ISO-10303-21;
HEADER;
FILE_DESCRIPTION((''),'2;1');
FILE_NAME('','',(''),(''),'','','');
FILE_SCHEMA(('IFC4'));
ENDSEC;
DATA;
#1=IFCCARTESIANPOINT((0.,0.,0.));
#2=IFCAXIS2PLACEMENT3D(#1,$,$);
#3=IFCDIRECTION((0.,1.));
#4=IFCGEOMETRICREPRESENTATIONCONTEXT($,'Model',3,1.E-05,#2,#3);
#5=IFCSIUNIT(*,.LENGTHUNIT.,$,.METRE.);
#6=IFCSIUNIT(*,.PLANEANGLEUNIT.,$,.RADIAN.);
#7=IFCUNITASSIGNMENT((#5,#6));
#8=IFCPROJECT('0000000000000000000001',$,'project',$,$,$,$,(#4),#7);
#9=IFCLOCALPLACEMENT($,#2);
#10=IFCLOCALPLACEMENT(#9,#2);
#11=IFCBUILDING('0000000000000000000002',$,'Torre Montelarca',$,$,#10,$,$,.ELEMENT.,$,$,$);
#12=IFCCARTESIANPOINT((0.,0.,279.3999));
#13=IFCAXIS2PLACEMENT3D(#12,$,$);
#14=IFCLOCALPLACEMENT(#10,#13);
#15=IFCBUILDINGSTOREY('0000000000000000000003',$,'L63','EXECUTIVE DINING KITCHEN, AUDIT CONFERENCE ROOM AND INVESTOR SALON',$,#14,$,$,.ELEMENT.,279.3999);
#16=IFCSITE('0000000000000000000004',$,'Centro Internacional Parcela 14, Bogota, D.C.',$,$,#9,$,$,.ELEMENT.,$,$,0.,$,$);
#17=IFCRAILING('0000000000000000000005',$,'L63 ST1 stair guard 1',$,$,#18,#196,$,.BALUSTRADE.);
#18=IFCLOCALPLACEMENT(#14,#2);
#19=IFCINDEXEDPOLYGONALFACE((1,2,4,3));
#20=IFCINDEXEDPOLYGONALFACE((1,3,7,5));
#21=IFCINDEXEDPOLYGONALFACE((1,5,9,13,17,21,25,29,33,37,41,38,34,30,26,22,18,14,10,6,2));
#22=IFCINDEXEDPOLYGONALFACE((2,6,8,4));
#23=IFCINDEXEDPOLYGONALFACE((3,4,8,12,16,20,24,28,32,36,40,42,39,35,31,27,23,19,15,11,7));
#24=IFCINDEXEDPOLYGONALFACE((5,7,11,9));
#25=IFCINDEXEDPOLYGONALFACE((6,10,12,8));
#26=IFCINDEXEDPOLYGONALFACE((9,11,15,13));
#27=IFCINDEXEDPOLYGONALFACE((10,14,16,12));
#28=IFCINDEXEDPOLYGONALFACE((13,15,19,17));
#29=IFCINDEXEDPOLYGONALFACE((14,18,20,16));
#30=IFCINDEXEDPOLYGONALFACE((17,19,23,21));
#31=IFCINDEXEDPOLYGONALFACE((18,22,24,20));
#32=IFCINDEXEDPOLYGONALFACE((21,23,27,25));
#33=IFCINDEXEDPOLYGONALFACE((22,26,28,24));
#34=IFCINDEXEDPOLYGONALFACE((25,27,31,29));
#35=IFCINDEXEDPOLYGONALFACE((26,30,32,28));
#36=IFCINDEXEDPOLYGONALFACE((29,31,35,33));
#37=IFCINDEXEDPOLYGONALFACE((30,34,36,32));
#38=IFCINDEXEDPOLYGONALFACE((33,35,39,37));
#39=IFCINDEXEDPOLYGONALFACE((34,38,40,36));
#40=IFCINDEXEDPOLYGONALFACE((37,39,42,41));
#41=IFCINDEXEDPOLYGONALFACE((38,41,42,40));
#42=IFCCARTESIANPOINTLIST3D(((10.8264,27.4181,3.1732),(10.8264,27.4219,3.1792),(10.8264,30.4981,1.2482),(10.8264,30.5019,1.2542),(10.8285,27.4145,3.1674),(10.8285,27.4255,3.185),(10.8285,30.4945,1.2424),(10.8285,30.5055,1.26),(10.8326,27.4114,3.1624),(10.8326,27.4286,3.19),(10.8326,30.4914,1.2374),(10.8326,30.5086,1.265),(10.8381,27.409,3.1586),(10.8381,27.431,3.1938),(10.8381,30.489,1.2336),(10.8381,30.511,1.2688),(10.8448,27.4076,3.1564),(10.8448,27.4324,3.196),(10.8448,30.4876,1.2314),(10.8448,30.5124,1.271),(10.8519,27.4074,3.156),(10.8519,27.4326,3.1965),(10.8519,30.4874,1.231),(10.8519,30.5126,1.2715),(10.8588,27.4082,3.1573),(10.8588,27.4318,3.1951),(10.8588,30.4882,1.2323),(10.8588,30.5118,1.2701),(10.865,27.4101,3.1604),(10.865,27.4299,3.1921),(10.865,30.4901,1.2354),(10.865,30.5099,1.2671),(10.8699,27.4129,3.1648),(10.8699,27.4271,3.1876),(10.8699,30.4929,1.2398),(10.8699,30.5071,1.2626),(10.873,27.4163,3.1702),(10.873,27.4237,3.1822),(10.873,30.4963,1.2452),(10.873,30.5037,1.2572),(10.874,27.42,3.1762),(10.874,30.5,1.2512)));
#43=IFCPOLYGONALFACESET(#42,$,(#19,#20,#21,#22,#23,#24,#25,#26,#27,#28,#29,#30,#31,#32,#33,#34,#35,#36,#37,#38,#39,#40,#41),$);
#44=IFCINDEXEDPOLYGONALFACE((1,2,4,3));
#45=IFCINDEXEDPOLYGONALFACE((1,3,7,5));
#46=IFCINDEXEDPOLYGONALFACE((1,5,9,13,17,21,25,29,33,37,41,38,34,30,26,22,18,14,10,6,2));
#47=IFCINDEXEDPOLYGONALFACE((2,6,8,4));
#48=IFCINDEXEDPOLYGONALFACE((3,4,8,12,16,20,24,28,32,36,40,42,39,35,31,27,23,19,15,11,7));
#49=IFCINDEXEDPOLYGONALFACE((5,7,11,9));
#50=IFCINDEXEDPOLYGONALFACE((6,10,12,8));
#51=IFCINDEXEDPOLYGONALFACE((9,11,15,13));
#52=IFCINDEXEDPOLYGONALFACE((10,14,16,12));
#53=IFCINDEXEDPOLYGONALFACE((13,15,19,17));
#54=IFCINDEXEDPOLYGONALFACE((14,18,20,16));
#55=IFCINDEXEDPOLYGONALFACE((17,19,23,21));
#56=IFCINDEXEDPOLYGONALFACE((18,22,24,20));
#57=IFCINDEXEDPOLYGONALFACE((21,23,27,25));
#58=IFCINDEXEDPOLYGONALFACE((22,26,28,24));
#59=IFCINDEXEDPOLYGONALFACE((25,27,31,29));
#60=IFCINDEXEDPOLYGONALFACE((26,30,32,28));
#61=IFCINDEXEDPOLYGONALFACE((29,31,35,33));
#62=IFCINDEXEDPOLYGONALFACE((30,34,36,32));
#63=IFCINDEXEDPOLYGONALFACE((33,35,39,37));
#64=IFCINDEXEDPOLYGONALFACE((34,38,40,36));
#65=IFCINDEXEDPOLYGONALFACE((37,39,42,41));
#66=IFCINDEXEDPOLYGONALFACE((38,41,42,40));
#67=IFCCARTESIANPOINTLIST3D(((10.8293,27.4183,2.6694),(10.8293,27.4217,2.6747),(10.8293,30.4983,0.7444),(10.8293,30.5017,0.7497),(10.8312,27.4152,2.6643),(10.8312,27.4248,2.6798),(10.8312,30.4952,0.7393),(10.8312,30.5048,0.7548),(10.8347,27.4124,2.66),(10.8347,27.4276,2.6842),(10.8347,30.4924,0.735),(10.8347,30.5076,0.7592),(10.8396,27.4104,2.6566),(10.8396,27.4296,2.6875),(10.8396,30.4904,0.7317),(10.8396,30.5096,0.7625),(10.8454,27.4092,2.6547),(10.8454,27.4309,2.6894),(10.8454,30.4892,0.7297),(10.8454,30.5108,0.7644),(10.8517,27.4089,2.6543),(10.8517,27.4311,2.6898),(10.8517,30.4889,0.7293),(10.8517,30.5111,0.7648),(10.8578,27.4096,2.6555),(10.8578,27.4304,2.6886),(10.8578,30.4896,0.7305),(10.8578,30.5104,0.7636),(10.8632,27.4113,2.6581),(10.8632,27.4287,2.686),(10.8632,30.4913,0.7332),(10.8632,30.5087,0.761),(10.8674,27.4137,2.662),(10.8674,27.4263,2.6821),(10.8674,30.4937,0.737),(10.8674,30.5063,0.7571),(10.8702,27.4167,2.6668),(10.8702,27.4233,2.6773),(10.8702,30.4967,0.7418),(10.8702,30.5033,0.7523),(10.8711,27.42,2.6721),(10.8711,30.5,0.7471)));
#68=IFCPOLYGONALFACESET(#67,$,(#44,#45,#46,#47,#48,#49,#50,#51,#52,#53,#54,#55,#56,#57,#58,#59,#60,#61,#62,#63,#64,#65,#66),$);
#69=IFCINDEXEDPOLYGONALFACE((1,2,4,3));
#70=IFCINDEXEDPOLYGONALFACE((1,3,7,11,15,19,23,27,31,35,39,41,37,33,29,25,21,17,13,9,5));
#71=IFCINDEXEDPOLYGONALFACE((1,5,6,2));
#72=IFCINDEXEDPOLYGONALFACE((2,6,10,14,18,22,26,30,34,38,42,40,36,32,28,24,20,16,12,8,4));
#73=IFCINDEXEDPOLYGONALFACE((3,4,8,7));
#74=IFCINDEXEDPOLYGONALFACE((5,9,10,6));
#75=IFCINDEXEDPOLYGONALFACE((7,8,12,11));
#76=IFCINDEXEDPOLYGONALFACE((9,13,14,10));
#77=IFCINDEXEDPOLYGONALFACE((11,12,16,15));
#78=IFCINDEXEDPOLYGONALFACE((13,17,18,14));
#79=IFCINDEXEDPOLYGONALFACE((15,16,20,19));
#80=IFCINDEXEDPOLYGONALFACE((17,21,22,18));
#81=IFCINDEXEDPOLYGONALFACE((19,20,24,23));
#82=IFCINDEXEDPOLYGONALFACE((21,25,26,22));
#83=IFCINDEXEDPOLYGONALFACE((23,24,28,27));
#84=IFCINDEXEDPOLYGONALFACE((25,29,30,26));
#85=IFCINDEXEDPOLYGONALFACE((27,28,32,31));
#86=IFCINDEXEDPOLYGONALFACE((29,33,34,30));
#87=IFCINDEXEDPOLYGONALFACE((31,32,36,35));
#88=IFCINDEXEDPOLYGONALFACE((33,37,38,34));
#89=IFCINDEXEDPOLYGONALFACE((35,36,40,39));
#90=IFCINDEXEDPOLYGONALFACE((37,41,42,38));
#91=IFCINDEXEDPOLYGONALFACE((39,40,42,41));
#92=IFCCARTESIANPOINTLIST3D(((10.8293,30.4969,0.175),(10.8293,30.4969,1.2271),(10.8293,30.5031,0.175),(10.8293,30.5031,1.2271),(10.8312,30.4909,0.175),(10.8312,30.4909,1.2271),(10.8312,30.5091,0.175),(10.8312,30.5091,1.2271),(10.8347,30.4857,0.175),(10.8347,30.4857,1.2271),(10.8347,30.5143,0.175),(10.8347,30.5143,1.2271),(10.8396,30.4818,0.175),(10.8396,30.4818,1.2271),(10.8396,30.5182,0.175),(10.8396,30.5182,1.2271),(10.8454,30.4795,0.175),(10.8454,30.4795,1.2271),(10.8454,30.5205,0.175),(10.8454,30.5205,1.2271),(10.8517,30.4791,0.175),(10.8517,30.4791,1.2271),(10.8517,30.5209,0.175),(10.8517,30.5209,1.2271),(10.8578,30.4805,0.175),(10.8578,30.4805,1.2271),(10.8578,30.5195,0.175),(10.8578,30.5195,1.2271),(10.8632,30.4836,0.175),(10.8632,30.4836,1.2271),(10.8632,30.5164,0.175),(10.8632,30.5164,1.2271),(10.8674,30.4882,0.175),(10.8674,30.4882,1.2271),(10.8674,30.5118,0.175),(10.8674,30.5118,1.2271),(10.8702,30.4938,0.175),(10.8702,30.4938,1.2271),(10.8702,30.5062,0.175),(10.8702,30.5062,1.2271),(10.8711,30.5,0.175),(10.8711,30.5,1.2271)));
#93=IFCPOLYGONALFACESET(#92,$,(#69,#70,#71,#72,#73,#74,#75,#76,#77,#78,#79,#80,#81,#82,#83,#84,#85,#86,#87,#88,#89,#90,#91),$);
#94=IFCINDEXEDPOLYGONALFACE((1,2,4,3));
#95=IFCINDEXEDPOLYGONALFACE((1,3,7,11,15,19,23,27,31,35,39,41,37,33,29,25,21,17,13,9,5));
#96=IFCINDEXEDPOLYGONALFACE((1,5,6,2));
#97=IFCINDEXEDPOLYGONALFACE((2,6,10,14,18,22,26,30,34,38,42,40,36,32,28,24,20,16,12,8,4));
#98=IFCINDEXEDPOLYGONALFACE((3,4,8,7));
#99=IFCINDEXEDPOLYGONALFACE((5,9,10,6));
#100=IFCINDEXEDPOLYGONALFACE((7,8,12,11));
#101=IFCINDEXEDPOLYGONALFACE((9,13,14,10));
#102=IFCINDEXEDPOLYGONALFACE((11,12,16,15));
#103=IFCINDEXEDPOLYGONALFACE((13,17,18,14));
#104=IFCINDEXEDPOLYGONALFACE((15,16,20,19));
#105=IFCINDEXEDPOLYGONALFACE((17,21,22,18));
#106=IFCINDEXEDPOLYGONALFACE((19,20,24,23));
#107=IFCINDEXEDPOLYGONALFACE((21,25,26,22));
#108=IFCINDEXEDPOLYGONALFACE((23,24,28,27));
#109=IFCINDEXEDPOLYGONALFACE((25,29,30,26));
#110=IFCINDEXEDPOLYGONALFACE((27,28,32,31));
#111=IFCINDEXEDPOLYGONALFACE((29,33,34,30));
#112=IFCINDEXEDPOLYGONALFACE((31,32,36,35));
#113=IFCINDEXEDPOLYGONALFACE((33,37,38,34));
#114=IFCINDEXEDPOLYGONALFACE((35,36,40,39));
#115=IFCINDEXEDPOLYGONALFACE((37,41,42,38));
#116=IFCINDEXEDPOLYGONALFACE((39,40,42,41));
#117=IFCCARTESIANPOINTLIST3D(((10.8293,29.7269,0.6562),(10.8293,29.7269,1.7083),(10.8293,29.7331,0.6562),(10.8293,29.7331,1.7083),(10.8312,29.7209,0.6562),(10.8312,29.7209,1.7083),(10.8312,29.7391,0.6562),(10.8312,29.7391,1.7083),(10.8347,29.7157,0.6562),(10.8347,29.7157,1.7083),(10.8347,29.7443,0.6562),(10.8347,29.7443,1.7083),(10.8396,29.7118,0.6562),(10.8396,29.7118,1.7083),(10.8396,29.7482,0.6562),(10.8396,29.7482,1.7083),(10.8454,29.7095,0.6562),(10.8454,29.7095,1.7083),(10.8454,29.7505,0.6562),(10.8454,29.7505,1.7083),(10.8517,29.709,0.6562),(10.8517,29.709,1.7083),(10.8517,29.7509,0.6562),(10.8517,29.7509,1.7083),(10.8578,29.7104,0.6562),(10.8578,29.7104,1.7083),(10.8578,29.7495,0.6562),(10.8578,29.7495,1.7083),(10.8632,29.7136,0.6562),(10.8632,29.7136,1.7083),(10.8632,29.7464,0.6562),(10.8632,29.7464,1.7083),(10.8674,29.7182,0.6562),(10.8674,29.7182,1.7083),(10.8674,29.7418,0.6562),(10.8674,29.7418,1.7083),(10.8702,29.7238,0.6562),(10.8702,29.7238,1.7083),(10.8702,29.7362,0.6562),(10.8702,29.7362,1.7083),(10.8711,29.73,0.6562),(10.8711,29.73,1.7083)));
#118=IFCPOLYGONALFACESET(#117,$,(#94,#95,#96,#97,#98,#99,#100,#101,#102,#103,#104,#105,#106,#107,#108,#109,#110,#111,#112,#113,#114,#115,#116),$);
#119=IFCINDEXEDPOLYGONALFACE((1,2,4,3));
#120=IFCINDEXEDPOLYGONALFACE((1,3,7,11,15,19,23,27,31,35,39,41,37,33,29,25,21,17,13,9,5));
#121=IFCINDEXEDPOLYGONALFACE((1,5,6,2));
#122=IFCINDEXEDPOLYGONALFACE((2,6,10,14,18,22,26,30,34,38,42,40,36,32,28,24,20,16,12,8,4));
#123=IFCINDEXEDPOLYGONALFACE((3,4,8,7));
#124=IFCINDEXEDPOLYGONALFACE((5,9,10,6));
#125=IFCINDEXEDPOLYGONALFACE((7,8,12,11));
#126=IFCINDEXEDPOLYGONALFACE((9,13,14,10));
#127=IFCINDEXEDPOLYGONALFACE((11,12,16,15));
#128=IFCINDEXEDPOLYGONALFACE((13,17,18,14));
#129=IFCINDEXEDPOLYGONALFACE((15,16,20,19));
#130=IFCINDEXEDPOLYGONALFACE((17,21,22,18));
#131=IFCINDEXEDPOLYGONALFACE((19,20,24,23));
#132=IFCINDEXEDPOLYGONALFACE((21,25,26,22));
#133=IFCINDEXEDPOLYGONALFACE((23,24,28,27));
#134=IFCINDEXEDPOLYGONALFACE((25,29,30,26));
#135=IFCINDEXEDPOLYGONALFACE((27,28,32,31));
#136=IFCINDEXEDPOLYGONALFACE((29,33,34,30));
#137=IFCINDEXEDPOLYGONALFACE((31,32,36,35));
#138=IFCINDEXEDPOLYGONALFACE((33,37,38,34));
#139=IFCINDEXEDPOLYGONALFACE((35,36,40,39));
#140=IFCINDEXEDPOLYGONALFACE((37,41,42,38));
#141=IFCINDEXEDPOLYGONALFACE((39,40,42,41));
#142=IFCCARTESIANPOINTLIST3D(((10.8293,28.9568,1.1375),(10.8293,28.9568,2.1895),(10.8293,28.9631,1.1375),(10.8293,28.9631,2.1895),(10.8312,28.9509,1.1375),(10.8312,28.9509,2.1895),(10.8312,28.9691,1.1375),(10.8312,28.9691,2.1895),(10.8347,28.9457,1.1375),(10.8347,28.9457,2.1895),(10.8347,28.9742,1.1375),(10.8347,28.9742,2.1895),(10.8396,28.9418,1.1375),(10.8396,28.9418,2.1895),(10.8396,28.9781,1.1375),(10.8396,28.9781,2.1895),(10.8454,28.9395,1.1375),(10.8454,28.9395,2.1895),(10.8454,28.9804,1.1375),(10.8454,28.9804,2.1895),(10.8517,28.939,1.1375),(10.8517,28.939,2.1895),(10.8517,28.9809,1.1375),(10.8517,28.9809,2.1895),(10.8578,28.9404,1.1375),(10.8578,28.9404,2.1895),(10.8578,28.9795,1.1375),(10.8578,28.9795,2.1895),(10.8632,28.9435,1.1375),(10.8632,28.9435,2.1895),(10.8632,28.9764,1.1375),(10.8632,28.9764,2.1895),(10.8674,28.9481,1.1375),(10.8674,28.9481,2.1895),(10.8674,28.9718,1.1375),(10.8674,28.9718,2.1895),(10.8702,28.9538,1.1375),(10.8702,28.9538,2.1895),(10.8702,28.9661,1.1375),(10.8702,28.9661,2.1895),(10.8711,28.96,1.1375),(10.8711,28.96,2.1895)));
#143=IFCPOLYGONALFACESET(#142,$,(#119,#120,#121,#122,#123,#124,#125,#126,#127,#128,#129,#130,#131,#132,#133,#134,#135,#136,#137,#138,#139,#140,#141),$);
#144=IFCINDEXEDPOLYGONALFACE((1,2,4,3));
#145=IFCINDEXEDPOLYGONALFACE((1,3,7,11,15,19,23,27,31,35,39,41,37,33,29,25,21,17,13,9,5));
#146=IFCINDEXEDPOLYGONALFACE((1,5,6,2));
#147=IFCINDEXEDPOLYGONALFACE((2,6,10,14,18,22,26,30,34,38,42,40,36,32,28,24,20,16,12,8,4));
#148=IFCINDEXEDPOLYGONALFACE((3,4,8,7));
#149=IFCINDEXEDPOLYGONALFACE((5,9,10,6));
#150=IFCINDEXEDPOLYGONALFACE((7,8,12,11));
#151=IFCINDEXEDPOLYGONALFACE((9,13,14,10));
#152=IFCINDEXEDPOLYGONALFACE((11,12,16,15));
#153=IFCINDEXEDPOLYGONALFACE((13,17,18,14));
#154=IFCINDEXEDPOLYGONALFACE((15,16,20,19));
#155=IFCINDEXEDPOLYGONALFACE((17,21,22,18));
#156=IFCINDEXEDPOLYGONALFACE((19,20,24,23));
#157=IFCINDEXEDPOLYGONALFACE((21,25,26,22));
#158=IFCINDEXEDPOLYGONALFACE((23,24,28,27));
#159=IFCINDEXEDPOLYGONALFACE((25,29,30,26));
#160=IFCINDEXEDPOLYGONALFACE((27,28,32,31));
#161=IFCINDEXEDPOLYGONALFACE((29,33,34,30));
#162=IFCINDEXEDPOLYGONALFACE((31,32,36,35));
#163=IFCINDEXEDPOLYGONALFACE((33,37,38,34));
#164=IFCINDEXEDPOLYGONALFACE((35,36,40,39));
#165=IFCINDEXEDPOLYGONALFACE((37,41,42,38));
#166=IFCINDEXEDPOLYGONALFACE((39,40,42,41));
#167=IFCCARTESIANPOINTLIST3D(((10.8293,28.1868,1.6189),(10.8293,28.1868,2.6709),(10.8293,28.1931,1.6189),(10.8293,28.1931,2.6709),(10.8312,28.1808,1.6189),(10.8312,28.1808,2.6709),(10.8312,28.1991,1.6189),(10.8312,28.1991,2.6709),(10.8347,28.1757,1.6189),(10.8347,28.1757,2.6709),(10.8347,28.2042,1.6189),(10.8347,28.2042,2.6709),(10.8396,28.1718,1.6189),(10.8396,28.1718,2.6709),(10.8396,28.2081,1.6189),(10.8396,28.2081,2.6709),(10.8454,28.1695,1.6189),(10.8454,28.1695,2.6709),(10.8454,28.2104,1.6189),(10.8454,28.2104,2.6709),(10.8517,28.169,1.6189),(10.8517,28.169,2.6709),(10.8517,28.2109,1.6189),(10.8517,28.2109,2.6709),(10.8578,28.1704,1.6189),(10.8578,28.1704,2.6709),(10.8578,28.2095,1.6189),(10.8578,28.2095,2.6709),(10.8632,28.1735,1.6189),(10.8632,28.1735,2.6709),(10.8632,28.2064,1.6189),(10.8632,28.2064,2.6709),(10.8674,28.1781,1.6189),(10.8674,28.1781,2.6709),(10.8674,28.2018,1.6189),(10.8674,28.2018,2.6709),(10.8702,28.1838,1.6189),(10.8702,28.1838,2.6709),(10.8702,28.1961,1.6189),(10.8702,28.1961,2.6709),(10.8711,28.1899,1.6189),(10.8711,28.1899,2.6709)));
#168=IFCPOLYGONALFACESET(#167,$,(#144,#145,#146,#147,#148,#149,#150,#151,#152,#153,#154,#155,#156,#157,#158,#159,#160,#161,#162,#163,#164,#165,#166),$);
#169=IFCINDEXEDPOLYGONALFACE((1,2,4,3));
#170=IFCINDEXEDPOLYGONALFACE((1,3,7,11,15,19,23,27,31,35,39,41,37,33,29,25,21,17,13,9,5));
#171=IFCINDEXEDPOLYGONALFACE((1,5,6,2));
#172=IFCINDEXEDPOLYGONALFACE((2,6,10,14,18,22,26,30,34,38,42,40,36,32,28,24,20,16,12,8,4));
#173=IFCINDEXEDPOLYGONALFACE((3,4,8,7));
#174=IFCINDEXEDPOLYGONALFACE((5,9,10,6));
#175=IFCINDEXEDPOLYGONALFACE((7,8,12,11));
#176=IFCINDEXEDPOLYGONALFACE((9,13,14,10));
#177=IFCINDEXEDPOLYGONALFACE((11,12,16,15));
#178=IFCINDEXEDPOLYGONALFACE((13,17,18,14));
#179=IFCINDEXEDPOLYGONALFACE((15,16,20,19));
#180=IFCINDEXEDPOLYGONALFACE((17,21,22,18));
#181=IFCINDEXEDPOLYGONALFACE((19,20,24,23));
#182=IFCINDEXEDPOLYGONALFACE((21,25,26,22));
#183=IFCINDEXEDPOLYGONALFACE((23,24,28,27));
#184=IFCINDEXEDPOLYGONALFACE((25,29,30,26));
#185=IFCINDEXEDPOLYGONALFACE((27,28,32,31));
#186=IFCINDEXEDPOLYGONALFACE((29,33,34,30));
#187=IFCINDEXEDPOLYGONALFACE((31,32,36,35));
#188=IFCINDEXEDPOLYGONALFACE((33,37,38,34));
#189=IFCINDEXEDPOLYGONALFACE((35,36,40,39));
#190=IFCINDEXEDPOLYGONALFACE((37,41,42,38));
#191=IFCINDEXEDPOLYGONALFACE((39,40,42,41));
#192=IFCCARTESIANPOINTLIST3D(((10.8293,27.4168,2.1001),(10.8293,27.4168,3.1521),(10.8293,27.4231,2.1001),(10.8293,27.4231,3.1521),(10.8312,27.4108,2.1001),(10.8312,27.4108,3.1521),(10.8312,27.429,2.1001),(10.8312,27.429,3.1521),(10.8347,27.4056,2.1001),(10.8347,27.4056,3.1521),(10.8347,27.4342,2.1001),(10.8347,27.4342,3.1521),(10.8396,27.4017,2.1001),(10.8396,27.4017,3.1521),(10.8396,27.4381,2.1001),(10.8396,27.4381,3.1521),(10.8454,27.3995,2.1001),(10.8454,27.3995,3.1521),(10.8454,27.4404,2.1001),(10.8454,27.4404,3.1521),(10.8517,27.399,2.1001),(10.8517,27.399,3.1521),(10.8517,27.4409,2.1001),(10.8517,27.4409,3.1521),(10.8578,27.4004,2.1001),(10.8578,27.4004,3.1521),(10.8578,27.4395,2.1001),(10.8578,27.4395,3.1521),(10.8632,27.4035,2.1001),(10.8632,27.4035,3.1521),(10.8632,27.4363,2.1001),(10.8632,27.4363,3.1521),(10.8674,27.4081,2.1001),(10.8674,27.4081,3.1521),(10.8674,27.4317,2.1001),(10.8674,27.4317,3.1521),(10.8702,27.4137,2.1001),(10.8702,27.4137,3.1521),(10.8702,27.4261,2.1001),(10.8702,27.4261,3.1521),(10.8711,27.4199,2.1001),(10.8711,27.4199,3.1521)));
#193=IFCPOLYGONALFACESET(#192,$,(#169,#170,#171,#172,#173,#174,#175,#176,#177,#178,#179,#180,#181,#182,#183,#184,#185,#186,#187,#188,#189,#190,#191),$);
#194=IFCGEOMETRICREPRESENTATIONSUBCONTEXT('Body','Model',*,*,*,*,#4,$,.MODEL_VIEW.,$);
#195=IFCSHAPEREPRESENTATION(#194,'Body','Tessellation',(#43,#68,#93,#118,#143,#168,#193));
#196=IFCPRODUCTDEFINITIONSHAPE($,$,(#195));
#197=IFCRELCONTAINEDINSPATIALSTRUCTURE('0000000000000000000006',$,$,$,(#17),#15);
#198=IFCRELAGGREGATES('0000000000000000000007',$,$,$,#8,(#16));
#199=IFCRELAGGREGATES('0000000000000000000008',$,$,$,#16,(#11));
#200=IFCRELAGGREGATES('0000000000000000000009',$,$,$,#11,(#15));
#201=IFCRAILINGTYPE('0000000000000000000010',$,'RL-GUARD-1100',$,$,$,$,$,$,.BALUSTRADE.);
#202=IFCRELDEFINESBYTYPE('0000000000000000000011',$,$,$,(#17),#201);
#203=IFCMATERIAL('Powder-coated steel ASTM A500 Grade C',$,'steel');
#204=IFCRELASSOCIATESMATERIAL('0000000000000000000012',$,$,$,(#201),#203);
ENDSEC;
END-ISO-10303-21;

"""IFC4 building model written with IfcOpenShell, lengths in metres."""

from ifc_helpers import new_model, si_unit, direction, frame, origin, origin_2d, place, context, subcontext, project, spatial, circle, extrude, material, type_object, element, save


model = new_model("IFC4")

# Units and contexts
model_context = context("Model", 3, precision=1e-05, world=origin(), true_north=direction((0.0, 1.0)))
body_context = subcontext(model_context, "Body", "Model", "MODEL_VIEW")
ifc_project = project(units=[si_unit("LENGTHUNIT", "METRE"), si_unit("PLANEANGLEUNIT", "RADIAN")], contexts=[model_context])

# Site, building, storey
site_placement = place(None, origin())
site = spatial("IfcSite", under=ifc_project, at=site_placement, Name="Centro Internacional Parcela 14, Bogota, D.C.", CompositionType="ELEMENT", RefElevation=0.0)
building_placement = place(site_placement, origin())
building = spatial("IfcBuilding", under=site, at=building_placement, Name="Torre Montelarca", CompositionType="ELEMENT")
storey_placement = place(building_placement, frame((0.0, 0.0, 279.3999)))
storey = spatial("IfcBuildingStorey", under=building, at=storey_placement, Name="L63", Description="EXECUTIVE DINING KITCHEN, AUDIT CONFERENCE ROOM AND INVESTOR SALON", CompositionType="ELEMENT", Elevation=279.3999)

# Railing
ifc_material_1 = material(Name="Powder-coated steel ASTM A500 Grade C", Category="steel")
railing_type_1 = type_object("IfcRailingType", Name="RL-GUARD-1100", PredefinedType="BALUSTRADE", material=ifc_material_1)
railing_1_placement = place(storey_placement, frame((10.8501, 30.5, 0.175)))
element("IfcRailing", 1, at=railing_1_placement, inside=storey, type_object=railing_type_1, Name="L63 ST1 stair guard 1", PredefinedType="BALUSTRADE", context=body_context, shape_type="SweptSolid", body=[
    extrude(circle(Radius=0.0239, at=origin_2d()), frame((0.0, 0.0, 1.0762), z_axis=(0.0, -0.847998, 0.529999), x_axis=(1.0, 0.0, 0.0)), (0.0, 0.0, 1.0), 3.6321),
    extrude(circle(Radius=0.021, at=origin_2d()), frame((0.0, 0.0, 0.572), z_axis=(0.0, -0.847998, 0.529999), x_axis=(1.0, 0.0, 0.0)), (0.0, 0.0, 1.0), 3.6321),
    extrude(circle(Radius=0.021, at=origin_2d()), origin(), (0.0, 0.0, 1.0), 1.052),
    extrude(circle(Radius=0.021, at=origin_2d()), frame((0.0, -0.77, 0.4812)), (0.0, 0.0, 1.0), 1.052),
    extrude(circle(Radius=0.021, at=origin_2d()), frame((0.0, -1.54, 0.9624)), (0.0, 0.0, 1.0), 1.052),
    extrude(circle(Radius=0.021, at=origin_2d()), frame((0.0, -2.3101, 1.4438)), (0.0, 0.0, 1.0), 1.052),
    extrude(circle(Radius=0.021, at=origin_2d()), frame((0.0, -3.0801, 1.925)), (0.0, 0.0, 1.0), 1.052),
])

save(model, "model.ifc")
